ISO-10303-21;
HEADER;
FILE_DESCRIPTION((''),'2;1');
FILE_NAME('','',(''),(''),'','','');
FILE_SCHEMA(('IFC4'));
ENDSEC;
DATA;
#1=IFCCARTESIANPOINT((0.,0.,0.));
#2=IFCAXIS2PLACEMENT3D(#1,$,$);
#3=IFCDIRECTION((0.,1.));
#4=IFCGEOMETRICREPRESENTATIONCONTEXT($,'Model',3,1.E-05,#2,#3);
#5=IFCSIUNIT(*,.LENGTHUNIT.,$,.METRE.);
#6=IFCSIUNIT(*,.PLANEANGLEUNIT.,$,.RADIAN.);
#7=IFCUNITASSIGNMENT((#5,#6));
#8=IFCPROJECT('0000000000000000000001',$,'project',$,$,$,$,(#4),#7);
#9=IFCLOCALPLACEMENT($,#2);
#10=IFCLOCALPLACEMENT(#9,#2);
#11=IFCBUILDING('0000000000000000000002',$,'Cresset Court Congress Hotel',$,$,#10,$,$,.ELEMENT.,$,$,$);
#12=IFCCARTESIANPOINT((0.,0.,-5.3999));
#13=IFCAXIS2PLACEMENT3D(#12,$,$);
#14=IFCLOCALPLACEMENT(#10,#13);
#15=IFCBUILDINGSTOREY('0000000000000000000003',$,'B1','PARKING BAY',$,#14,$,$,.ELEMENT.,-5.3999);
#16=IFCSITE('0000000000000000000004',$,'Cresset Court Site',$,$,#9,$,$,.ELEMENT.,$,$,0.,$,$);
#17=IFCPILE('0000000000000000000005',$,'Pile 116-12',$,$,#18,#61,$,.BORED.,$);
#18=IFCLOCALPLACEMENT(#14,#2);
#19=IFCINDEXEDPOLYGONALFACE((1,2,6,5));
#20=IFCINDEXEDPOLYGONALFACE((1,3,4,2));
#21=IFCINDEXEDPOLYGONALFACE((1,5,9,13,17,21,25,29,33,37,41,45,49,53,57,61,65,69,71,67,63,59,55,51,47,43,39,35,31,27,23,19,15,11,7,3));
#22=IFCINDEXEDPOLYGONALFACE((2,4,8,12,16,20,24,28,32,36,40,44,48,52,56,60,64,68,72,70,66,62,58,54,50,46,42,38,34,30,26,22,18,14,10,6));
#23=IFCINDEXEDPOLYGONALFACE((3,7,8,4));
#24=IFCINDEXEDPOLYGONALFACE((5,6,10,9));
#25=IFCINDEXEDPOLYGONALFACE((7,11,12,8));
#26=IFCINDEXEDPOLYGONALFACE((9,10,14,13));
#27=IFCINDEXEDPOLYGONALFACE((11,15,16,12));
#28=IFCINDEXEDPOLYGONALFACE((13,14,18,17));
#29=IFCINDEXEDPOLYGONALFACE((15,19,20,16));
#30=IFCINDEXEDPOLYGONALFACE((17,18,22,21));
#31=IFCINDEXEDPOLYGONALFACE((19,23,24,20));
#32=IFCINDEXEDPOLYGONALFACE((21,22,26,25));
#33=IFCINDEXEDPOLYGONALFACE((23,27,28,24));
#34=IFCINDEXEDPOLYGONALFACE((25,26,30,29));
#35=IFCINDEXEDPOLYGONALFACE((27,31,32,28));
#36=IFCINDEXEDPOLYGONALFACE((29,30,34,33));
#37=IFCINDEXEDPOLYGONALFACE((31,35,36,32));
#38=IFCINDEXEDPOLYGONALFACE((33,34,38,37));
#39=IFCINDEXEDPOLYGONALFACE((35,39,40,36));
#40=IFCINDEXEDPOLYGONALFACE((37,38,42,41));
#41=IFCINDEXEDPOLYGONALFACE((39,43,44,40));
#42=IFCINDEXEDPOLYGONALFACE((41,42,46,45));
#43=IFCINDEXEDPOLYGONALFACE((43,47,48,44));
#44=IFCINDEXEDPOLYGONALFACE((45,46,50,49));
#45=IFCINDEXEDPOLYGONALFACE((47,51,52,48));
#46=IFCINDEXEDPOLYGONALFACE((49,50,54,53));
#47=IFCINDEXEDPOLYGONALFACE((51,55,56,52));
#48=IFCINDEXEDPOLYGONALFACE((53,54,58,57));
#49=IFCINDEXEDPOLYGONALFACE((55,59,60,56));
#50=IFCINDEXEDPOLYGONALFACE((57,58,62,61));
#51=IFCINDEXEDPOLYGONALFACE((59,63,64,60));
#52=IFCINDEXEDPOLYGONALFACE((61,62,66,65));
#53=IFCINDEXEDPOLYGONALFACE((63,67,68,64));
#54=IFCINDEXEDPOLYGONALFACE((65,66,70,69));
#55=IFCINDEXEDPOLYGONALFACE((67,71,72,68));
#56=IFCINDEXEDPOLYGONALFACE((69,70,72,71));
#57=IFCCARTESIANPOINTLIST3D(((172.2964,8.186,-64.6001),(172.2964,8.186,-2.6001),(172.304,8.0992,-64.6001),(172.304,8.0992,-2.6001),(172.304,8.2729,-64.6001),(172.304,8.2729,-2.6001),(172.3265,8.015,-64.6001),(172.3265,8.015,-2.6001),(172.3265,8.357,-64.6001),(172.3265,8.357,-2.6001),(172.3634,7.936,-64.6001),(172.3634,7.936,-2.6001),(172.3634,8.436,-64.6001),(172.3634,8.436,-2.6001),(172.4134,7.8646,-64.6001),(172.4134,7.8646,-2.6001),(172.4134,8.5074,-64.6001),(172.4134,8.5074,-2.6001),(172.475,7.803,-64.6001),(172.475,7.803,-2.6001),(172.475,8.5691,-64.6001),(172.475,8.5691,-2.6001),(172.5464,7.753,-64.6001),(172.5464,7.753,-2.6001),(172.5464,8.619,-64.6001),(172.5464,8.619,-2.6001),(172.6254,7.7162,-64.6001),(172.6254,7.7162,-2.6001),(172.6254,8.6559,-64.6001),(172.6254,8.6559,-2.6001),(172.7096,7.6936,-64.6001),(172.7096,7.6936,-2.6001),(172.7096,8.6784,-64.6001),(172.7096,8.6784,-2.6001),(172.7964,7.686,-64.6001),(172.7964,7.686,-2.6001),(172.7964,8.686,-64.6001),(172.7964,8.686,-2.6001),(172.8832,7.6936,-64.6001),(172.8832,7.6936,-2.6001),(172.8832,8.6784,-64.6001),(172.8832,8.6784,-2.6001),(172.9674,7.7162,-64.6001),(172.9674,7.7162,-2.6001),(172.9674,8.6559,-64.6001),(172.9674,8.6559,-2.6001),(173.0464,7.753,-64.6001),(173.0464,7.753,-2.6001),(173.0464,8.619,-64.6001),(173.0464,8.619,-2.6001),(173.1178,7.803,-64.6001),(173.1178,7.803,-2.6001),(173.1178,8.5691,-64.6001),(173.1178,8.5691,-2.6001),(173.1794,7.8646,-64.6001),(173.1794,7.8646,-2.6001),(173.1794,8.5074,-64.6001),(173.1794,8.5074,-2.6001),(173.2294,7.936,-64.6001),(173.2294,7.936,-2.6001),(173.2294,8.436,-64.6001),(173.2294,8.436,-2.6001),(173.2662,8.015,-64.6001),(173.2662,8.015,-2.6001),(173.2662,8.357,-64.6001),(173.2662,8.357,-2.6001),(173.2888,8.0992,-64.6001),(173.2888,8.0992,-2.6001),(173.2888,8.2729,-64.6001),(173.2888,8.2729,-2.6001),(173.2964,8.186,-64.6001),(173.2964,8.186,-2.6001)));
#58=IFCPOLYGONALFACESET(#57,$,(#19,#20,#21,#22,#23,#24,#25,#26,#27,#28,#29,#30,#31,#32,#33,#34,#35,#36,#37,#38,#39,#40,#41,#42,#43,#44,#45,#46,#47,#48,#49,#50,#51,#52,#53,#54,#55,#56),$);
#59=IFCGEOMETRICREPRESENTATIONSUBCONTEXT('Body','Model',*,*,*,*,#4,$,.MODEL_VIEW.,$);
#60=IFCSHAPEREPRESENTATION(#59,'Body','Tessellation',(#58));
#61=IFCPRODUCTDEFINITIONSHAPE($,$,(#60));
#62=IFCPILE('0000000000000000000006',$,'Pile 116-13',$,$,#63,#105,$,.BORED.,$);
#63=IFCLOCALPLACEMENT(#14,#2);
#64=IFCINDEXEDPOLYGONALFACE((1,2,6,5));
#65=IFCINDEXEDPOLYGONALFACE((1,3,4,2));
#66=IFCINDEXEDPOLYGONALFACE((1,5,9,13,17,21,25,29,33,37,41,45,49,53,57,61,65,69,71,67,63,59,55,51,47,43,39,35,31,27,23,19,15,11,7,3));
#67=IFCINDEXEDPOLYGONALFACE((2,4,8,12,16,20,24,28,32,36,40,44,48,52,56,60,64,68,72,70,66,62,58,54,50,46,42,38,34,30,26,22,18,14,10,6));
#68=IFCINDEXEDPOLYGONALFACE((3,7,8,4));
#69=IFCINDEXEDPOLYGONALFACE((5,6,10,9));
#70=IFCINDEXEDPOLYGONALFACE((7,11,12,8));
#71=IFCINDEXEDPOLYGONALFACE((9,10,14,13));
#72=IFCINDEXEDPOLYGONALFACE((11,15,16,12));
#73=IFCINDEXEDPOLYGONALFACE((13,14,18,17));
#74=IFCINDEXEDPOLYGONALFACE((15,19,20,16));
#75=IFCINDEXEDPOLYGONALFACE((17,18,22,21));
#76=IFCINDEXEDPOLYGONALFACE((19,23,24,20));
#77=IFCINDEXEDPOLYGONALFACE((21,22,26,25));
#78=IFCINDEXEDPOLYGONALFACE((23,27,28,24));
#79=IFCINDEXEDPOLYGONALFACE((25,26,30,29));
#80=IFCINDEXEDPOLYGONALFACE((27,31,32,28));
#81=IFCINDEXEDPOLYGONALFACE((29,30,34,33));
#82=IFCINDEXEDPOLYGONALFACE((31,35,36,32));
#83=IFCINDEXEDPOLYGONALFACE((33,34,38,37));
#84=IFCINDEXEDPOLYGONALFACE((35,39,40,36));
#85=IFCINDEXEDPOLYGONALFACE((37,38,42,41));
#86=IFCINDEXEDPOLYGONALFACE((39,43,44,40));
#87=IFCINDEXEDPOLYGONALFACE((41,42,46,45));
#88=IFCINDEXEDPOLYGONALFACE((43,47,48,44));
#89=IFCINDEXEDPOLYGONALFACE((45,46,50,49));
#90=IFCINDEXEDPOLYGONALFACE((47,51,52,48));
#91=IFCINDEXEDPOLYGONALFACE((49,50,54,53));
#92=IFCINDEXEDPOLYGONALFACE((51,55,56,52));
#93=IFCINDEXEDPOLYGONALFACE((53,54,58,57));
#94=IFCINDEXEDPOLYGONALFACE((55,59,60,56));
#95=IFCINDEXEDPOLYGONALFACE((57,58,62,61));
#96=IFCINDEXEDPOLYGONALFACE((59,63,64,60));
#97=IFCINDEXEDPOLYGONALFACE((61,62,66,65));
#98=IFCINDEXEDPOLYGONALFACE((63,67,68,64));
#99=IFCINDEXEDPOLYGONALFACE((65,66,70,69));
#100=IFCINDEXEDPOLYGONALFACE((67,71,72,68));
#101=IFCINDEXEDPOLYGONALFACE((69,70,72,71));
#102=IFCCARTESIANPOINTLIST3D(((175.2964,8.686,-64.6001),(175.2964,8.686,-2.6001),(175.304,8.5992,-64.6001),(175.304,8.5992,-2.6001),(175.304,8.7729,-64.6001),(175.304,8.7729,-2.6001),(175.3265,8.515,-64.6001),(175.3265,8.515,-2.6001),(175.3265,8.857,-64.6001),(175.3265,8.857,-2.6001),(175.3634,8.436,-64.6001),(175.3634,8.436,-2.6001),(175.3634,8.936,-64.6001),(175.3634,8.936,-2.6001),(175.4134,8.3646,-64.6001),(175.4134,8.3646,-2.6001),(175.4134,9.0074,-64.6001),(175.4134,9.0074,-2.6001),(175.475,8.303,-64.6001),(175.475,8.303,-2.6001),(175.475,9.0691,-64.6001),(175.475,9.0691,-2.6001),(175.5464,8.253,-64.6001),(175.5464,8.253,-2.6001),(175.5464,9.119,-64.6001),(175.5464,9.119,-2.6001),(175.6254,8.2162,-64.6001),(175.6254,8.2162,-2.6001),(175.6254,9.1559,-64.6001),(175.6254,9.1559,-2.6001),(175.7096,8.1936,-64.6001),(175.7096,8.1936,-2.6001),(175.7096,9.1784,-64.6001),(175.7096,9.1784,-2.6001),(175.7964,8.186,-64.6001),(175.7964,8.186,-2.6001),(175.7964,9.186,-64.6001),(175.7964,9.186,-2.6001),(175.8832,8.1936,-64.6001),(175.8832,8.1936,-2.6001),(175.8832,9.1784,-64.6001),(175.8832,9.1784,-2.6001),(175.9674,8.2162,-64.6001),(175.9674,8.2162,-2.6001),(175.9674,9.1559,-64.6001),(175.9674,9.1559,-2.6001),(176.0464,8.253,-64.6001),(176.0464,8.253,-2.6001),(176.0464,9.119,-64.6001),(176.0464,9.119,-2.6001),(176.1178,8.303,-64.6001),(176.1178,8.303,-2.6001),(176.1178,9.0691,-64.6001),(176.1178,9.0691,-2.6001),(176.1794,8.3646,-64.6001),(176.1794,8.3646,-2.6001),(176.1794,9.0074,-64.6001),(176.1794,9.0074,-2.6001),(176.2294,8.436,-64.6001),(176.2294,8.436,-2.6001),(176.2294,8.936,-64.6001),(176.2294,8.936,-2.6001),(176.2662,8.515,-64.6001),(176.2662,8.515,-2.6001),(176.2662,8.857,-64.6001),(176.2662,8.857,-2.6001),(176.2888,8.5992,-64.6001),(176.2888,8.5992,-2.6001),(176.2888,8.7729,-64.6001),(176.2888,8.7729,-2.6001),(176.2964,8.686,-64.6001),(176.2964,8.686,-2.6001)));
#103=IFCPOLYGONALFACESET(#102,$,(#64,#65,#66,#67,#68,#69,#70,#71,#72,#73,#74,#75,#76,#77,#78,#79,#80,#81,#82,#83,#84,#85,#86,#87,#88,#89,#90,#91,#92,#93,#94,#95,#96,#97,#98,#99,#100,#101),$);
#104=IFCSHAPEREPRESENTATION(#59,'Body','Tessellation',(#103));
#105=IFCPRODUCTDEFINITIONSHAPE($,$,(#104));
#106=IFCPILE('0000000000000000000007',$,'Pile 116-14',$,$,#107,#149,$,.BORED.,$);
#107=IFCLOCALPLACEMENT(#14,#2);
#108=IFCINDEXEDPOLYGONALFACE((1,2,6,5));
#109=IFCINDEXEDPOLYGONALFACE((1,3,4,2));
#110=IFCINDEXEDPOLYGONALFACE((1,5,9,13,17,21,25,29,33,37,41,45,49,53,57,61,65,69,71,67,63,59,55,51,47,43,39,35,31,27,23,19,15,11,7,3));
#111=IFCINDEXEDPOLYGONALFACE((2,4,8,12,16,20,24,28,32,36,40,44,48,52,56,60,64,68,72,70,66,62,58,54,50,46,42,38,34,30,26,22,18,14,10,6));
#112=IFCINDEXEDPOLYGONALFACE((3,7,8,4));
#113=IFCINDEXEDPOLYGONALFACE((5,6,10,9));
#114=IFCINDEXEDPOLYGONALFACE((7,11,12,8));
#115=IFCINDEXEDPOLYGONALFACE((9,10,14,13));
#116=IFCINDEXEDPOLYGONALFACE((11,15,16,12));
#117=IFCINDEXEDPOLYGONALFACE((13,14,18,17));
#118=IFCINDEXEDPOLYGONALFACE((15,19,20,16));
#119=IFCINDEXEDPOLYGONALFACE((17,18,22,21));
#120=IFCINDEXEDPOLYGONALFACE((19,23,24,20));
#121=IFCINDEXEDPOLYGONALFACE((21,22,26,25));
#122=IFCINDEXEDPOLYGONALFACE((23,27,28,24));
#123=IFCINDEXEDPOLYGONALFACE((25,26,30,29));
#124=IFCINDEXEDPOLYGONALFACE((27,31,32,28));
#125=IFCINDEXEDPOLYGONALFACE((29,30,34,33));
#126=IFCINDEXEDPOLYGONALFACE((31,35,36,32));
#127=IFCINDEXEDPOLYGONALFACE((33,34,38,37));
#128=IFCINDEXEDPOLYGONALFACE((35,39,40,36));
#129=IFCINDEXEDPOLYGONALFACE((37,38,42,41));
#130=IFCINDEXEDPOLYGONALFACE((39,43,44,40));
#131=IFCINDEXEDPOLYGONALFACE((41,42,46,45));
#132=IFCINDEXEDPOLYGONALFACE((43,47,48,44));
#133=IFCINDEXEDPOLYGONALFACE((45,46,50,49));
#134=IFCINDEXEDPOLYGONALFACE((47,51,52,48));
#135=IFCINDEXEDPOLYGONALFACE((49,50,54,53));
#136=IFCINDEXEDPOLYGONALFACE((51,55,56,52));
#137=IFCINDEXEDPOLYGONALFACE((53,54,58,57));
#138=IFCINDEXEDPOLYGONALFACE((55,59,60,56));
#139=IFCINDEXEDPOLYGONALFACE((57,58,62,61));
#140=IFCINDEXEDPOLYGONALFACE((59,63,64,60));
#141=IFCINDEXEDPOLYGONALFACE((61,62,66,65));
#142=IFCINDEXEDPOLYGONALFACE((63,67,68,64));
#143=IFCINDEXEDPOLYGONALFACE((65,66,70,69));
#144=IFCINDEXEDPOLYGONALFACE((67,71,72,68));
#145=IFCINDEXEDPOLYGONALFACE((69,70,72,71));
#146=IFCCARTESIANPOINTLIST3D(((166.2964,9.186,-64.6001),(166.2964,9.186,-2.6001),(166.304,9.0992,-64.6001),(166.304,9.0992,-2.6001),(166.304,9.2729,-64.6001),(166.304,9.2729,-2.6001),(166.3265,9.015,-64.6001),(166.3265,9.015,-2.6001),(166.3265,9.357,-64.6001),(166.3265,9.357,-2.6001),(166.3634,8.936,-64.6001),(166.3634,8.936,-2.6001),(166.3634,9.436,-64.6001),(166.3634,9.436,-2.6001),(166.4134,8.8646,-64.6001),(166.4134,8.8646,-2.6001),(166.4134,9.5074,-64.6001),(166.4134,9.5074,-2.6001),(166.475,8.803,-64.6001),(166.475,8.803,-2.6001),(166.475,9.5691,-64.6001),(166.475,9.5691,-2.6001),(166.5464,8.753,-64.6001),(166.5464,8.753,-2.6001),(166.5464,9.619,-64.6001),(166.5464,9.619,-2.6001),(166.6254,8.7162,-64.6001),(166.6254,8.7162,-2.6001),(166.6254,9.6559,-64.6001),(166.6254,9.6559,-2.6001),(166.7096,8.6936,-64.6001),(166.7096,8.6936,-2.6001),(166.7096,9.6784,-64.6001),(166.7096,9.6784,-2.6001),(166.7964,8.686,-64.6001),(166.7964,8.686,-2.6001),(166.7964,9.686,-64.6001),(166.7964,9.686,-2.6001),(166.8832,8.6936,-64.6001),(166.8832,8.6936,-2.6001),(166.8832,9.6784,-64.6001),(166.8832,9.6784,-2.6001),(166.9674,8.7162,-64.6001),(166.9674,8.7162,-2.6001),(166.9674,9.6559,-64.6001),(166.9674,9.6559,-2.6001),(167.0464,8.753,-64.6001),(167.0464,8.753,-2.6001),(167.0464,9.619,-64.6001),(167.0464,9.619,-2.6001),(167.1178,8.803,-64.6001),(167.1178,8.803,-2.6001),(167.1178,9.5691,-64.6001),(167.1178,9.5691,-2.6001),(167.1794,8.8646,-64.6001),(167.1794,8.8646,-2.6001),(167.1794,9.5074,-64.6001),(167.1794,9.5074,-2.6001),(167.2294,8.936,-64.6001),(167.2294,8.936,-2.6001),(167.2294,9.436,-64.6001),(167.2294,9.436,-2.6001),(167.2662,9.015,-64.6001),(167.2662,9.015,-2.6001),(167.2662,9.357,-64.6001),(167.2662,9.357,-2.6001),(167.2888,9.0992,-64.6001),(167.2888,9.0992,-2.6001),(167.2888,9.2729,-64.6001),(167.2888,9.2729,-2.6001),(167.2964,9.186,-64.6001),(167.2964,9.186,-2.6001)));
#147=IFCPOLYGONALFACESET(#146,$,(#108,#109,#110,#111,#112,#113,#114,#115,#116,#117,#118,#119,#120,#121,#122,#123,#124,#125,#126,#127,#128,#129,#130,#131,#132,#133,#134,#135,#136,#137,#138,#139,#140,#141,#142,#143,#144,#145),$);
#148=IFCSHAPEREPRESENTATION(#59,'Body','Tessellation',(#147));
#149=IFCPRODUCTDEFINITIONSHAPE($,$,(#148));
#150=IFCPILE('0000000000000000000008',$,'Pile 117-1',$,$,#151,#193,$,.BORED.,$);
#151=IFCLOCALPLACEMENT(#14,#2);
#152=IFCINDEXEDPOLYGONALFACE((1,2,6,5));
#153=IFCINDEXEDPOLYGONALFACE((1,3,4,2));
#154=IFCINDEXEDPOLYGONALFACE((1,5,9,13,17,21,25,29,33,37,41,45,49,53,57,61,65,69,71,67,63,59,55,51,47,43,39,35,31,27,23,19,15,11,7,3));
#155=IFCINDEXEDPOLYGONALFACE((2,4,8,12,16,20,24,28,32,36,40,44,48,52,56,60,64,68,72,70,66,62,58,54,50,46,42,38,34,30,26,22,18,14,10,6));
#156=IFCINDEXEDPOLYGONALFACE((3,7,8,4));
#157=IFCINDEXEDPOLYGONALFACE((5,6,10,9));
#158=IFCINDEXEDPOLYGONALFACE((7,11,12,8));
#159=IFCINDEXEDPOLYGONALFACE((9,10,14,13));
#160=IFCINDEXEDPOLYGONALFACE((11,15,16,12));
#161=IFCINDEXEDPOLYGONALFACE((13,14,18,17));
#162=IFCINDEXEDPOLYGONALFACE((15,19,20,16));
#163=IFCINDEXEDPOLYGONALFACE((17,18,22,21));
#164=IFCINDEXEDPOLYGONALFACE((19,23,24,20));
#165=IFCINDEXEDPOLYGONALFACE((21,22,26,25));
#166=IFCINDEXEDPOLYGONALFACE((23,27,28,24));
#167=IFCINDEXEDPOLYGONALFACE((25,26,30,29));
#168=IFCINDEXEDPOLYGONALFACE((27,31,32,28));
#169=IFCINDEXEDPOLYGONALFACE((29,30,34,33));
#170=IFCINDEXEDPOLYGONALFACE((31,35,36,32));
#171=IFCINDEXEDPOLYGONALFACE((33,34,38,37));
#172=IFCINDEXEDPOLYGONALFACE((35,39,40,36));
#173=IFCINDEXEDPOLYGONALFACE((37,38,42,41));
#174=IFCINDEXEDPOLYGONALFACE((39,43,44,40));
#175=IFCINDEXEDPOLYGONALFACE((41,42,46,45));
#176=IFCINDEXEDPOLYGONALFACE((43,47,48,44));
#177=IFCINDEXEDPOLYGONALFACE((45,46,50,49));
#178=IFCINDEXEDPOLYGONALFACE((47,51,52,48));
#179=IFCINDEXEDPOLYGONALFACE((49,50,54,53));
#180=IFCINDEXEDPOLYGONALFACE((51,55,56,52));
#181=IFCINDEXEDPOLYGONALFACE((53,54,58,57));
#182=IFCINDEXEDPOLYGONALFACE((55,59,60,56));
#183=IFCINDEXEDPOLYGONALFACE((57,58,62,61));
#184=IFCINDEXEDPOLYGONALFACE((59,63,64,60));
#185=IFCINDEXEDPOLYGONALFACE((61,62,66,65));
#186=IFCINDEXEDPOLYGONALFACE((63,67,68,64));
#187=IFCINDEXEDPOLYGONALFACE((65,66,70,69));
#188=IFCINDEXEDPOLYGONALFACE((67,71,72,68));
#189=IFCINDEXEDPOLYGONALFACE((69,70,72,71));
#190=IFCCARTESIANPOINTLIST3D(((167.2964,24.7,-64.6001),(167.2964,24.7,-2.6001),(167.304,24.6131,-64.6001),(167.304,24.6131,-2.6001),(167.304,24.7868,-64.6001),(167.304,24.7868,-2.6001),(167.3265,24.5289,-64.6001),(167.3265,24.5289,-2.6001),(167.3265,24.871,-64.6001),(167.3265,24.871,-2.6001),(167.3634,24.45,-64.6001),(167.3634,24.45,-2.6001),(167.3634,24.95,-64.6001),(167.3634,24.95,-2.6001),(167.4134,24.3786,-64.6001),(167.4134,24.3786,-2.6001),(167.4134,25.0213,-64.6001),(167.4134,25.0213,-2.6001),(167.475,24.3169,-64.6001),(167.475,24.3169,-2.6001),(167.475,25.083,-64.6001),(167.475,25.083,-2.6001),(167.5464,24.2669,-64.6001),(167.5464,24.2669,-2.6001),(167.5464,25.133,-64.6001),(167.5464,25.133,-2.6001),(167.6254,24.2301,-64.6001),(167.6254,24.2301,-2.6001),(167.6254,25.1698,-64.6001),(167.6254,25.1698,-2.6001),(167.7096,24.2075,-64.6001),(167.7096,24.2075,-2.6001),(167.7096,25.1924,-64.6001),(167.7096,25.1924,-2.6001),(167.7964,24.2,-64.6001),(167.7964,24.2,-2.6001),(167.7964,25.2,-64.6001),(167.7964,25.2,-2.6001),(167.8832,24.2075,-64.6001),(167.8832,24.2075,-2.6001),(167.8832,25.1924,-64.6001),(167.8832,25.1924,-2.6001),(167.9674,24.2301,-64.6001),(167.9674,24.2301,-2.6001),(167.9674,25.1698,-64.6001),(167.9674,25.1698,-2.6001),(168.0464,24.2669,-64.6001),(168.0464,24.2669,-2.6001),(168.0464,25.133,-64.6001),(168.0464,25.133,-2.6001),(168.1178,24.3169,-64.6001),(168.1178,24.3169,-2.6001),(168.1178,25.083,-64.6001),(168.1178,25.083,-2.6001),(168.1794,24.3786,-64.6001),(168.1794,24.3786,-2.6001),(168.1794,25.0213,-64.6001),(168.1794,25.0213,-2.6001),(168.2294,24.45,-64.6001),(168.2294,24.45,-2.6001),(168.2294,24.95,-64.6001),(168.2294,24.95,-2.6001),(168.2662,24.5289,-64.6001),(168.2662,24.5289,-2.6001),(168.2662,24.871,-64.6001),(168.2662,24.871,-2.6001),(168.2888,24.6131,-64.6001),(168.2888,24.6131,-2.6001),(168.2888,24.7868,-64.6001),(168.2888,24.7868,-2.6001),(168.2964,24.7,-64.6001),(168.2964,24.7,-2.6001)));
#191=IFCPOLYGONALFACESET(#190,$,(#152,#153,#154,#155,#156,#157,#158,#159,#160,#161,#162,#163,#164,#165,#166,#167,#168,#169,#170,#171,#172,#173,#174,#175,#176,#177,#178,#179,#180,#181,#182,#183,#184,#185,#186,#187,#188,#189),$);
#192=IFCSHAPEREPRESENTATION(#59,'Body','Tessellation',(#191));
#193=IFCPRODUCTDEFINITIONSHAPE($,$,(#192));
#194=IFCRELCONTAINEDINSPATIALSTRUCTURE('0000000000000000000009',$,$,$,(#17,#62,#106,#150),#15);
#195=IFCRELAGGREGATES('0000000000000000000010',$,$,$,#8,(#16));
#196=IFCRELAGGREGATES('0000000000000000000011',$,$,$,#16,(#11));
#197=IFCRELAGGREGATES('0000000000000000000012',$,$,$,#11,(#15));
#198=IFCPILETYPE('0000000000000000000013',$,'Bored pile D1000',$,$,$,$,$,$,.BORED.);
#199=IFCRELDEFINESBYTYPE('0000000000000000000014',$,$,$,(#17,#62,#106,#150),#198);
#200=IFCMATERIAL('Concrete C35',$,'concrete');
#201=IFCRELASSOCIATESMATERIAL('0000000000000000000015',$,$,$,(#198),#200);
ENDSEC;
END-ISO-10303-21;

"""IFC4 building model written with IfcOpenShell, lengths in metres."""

from ifc_helpers import new_model, si_unit, direction, frame, origin, origin_2d, place, context, subcontext, project, spatial, circle, extrude, material, type_object, element, save


model = new_model("IFC4")

# Units and contexts
model_context = context("Model", 3, precision=1e-05, world=origin(), true_north=direction((0.0, 1.0)))
body_context = subcontext(model_context, "Body", "Model", "MODEL_VIEW")
ifc_project = project(units=[si_unit("LENGTHUNIT", "METRE"), si_unit("PLANEANGLEUNIT", "RADIAN")], contexts=[model_context])

# Site, building, storey
site_placement = place(None, origin())
site = spatial("IfcSite", under=ifc_project, at=site_placement, Name="Cresset Court Site", CompositionType="ELEMENT", RefElevation=0.0)
building_placement = place(site_placement, origin())
building = spatial("IfcBuilding", under=site, at=building_placement, Name="Cresset Court Congress Hotel", CompositionType="ELEMENT")
storey_placement = place(building_placement, frame((0.0, 0.0, -5.3999)))
storey = spatial("IfcBuildingStorey", under=building, at=storey_placement, Name="B1", Description="PARKING BAY", CompositionType="ELEMENT", Elevation=-5.3999)

# Piles
ifc_material_1 = material(Name="Concrete C35", Category="concrete")
pile_type = type_object("IfcPileType", Name="Bored pile D1000", PredefinedType="BORED", material=ifc_material_1)
for number, where, z_axis, x_axis, name in (
    (1, (172.7964, 8.186, -2.6001), (0.0, 0.0, -1.0), (1.0, 0.0, 0.0), "Pile 116-12"),
    (2, (175.7964, 8.686, -2.6001), (0.0, 0.0, -1.0), (1.0, 0.0, 0.0), "Pile 116-13"),
    (3, (166.7964, 9.186, -2.6001), (0.0, 0.0, -1.0), (1.0, 0.0, 0.0), "Pile 116-14"),
    (4, (167.7964, 24.7, -2.6001), (0.0, 0.0, -1.0), (1.0, 0.0, 0.0), "Pile 117-1"),
):
    element("IfcPile", number, at=place(storey_placement, frame(where, z_axis=z_axis, x_axis=x_axis)), inside=storey, type_object=pile_type, Name=name, PredefinedType="BORED", context=body_context, shape_type="SweptSolid", body=[
        extrude(circle(Radius=0.5, at=origin_2d()), origin(), (0.0, 0.0, 1.0), 62.0),
    ])

save(model, "model.ifc")
